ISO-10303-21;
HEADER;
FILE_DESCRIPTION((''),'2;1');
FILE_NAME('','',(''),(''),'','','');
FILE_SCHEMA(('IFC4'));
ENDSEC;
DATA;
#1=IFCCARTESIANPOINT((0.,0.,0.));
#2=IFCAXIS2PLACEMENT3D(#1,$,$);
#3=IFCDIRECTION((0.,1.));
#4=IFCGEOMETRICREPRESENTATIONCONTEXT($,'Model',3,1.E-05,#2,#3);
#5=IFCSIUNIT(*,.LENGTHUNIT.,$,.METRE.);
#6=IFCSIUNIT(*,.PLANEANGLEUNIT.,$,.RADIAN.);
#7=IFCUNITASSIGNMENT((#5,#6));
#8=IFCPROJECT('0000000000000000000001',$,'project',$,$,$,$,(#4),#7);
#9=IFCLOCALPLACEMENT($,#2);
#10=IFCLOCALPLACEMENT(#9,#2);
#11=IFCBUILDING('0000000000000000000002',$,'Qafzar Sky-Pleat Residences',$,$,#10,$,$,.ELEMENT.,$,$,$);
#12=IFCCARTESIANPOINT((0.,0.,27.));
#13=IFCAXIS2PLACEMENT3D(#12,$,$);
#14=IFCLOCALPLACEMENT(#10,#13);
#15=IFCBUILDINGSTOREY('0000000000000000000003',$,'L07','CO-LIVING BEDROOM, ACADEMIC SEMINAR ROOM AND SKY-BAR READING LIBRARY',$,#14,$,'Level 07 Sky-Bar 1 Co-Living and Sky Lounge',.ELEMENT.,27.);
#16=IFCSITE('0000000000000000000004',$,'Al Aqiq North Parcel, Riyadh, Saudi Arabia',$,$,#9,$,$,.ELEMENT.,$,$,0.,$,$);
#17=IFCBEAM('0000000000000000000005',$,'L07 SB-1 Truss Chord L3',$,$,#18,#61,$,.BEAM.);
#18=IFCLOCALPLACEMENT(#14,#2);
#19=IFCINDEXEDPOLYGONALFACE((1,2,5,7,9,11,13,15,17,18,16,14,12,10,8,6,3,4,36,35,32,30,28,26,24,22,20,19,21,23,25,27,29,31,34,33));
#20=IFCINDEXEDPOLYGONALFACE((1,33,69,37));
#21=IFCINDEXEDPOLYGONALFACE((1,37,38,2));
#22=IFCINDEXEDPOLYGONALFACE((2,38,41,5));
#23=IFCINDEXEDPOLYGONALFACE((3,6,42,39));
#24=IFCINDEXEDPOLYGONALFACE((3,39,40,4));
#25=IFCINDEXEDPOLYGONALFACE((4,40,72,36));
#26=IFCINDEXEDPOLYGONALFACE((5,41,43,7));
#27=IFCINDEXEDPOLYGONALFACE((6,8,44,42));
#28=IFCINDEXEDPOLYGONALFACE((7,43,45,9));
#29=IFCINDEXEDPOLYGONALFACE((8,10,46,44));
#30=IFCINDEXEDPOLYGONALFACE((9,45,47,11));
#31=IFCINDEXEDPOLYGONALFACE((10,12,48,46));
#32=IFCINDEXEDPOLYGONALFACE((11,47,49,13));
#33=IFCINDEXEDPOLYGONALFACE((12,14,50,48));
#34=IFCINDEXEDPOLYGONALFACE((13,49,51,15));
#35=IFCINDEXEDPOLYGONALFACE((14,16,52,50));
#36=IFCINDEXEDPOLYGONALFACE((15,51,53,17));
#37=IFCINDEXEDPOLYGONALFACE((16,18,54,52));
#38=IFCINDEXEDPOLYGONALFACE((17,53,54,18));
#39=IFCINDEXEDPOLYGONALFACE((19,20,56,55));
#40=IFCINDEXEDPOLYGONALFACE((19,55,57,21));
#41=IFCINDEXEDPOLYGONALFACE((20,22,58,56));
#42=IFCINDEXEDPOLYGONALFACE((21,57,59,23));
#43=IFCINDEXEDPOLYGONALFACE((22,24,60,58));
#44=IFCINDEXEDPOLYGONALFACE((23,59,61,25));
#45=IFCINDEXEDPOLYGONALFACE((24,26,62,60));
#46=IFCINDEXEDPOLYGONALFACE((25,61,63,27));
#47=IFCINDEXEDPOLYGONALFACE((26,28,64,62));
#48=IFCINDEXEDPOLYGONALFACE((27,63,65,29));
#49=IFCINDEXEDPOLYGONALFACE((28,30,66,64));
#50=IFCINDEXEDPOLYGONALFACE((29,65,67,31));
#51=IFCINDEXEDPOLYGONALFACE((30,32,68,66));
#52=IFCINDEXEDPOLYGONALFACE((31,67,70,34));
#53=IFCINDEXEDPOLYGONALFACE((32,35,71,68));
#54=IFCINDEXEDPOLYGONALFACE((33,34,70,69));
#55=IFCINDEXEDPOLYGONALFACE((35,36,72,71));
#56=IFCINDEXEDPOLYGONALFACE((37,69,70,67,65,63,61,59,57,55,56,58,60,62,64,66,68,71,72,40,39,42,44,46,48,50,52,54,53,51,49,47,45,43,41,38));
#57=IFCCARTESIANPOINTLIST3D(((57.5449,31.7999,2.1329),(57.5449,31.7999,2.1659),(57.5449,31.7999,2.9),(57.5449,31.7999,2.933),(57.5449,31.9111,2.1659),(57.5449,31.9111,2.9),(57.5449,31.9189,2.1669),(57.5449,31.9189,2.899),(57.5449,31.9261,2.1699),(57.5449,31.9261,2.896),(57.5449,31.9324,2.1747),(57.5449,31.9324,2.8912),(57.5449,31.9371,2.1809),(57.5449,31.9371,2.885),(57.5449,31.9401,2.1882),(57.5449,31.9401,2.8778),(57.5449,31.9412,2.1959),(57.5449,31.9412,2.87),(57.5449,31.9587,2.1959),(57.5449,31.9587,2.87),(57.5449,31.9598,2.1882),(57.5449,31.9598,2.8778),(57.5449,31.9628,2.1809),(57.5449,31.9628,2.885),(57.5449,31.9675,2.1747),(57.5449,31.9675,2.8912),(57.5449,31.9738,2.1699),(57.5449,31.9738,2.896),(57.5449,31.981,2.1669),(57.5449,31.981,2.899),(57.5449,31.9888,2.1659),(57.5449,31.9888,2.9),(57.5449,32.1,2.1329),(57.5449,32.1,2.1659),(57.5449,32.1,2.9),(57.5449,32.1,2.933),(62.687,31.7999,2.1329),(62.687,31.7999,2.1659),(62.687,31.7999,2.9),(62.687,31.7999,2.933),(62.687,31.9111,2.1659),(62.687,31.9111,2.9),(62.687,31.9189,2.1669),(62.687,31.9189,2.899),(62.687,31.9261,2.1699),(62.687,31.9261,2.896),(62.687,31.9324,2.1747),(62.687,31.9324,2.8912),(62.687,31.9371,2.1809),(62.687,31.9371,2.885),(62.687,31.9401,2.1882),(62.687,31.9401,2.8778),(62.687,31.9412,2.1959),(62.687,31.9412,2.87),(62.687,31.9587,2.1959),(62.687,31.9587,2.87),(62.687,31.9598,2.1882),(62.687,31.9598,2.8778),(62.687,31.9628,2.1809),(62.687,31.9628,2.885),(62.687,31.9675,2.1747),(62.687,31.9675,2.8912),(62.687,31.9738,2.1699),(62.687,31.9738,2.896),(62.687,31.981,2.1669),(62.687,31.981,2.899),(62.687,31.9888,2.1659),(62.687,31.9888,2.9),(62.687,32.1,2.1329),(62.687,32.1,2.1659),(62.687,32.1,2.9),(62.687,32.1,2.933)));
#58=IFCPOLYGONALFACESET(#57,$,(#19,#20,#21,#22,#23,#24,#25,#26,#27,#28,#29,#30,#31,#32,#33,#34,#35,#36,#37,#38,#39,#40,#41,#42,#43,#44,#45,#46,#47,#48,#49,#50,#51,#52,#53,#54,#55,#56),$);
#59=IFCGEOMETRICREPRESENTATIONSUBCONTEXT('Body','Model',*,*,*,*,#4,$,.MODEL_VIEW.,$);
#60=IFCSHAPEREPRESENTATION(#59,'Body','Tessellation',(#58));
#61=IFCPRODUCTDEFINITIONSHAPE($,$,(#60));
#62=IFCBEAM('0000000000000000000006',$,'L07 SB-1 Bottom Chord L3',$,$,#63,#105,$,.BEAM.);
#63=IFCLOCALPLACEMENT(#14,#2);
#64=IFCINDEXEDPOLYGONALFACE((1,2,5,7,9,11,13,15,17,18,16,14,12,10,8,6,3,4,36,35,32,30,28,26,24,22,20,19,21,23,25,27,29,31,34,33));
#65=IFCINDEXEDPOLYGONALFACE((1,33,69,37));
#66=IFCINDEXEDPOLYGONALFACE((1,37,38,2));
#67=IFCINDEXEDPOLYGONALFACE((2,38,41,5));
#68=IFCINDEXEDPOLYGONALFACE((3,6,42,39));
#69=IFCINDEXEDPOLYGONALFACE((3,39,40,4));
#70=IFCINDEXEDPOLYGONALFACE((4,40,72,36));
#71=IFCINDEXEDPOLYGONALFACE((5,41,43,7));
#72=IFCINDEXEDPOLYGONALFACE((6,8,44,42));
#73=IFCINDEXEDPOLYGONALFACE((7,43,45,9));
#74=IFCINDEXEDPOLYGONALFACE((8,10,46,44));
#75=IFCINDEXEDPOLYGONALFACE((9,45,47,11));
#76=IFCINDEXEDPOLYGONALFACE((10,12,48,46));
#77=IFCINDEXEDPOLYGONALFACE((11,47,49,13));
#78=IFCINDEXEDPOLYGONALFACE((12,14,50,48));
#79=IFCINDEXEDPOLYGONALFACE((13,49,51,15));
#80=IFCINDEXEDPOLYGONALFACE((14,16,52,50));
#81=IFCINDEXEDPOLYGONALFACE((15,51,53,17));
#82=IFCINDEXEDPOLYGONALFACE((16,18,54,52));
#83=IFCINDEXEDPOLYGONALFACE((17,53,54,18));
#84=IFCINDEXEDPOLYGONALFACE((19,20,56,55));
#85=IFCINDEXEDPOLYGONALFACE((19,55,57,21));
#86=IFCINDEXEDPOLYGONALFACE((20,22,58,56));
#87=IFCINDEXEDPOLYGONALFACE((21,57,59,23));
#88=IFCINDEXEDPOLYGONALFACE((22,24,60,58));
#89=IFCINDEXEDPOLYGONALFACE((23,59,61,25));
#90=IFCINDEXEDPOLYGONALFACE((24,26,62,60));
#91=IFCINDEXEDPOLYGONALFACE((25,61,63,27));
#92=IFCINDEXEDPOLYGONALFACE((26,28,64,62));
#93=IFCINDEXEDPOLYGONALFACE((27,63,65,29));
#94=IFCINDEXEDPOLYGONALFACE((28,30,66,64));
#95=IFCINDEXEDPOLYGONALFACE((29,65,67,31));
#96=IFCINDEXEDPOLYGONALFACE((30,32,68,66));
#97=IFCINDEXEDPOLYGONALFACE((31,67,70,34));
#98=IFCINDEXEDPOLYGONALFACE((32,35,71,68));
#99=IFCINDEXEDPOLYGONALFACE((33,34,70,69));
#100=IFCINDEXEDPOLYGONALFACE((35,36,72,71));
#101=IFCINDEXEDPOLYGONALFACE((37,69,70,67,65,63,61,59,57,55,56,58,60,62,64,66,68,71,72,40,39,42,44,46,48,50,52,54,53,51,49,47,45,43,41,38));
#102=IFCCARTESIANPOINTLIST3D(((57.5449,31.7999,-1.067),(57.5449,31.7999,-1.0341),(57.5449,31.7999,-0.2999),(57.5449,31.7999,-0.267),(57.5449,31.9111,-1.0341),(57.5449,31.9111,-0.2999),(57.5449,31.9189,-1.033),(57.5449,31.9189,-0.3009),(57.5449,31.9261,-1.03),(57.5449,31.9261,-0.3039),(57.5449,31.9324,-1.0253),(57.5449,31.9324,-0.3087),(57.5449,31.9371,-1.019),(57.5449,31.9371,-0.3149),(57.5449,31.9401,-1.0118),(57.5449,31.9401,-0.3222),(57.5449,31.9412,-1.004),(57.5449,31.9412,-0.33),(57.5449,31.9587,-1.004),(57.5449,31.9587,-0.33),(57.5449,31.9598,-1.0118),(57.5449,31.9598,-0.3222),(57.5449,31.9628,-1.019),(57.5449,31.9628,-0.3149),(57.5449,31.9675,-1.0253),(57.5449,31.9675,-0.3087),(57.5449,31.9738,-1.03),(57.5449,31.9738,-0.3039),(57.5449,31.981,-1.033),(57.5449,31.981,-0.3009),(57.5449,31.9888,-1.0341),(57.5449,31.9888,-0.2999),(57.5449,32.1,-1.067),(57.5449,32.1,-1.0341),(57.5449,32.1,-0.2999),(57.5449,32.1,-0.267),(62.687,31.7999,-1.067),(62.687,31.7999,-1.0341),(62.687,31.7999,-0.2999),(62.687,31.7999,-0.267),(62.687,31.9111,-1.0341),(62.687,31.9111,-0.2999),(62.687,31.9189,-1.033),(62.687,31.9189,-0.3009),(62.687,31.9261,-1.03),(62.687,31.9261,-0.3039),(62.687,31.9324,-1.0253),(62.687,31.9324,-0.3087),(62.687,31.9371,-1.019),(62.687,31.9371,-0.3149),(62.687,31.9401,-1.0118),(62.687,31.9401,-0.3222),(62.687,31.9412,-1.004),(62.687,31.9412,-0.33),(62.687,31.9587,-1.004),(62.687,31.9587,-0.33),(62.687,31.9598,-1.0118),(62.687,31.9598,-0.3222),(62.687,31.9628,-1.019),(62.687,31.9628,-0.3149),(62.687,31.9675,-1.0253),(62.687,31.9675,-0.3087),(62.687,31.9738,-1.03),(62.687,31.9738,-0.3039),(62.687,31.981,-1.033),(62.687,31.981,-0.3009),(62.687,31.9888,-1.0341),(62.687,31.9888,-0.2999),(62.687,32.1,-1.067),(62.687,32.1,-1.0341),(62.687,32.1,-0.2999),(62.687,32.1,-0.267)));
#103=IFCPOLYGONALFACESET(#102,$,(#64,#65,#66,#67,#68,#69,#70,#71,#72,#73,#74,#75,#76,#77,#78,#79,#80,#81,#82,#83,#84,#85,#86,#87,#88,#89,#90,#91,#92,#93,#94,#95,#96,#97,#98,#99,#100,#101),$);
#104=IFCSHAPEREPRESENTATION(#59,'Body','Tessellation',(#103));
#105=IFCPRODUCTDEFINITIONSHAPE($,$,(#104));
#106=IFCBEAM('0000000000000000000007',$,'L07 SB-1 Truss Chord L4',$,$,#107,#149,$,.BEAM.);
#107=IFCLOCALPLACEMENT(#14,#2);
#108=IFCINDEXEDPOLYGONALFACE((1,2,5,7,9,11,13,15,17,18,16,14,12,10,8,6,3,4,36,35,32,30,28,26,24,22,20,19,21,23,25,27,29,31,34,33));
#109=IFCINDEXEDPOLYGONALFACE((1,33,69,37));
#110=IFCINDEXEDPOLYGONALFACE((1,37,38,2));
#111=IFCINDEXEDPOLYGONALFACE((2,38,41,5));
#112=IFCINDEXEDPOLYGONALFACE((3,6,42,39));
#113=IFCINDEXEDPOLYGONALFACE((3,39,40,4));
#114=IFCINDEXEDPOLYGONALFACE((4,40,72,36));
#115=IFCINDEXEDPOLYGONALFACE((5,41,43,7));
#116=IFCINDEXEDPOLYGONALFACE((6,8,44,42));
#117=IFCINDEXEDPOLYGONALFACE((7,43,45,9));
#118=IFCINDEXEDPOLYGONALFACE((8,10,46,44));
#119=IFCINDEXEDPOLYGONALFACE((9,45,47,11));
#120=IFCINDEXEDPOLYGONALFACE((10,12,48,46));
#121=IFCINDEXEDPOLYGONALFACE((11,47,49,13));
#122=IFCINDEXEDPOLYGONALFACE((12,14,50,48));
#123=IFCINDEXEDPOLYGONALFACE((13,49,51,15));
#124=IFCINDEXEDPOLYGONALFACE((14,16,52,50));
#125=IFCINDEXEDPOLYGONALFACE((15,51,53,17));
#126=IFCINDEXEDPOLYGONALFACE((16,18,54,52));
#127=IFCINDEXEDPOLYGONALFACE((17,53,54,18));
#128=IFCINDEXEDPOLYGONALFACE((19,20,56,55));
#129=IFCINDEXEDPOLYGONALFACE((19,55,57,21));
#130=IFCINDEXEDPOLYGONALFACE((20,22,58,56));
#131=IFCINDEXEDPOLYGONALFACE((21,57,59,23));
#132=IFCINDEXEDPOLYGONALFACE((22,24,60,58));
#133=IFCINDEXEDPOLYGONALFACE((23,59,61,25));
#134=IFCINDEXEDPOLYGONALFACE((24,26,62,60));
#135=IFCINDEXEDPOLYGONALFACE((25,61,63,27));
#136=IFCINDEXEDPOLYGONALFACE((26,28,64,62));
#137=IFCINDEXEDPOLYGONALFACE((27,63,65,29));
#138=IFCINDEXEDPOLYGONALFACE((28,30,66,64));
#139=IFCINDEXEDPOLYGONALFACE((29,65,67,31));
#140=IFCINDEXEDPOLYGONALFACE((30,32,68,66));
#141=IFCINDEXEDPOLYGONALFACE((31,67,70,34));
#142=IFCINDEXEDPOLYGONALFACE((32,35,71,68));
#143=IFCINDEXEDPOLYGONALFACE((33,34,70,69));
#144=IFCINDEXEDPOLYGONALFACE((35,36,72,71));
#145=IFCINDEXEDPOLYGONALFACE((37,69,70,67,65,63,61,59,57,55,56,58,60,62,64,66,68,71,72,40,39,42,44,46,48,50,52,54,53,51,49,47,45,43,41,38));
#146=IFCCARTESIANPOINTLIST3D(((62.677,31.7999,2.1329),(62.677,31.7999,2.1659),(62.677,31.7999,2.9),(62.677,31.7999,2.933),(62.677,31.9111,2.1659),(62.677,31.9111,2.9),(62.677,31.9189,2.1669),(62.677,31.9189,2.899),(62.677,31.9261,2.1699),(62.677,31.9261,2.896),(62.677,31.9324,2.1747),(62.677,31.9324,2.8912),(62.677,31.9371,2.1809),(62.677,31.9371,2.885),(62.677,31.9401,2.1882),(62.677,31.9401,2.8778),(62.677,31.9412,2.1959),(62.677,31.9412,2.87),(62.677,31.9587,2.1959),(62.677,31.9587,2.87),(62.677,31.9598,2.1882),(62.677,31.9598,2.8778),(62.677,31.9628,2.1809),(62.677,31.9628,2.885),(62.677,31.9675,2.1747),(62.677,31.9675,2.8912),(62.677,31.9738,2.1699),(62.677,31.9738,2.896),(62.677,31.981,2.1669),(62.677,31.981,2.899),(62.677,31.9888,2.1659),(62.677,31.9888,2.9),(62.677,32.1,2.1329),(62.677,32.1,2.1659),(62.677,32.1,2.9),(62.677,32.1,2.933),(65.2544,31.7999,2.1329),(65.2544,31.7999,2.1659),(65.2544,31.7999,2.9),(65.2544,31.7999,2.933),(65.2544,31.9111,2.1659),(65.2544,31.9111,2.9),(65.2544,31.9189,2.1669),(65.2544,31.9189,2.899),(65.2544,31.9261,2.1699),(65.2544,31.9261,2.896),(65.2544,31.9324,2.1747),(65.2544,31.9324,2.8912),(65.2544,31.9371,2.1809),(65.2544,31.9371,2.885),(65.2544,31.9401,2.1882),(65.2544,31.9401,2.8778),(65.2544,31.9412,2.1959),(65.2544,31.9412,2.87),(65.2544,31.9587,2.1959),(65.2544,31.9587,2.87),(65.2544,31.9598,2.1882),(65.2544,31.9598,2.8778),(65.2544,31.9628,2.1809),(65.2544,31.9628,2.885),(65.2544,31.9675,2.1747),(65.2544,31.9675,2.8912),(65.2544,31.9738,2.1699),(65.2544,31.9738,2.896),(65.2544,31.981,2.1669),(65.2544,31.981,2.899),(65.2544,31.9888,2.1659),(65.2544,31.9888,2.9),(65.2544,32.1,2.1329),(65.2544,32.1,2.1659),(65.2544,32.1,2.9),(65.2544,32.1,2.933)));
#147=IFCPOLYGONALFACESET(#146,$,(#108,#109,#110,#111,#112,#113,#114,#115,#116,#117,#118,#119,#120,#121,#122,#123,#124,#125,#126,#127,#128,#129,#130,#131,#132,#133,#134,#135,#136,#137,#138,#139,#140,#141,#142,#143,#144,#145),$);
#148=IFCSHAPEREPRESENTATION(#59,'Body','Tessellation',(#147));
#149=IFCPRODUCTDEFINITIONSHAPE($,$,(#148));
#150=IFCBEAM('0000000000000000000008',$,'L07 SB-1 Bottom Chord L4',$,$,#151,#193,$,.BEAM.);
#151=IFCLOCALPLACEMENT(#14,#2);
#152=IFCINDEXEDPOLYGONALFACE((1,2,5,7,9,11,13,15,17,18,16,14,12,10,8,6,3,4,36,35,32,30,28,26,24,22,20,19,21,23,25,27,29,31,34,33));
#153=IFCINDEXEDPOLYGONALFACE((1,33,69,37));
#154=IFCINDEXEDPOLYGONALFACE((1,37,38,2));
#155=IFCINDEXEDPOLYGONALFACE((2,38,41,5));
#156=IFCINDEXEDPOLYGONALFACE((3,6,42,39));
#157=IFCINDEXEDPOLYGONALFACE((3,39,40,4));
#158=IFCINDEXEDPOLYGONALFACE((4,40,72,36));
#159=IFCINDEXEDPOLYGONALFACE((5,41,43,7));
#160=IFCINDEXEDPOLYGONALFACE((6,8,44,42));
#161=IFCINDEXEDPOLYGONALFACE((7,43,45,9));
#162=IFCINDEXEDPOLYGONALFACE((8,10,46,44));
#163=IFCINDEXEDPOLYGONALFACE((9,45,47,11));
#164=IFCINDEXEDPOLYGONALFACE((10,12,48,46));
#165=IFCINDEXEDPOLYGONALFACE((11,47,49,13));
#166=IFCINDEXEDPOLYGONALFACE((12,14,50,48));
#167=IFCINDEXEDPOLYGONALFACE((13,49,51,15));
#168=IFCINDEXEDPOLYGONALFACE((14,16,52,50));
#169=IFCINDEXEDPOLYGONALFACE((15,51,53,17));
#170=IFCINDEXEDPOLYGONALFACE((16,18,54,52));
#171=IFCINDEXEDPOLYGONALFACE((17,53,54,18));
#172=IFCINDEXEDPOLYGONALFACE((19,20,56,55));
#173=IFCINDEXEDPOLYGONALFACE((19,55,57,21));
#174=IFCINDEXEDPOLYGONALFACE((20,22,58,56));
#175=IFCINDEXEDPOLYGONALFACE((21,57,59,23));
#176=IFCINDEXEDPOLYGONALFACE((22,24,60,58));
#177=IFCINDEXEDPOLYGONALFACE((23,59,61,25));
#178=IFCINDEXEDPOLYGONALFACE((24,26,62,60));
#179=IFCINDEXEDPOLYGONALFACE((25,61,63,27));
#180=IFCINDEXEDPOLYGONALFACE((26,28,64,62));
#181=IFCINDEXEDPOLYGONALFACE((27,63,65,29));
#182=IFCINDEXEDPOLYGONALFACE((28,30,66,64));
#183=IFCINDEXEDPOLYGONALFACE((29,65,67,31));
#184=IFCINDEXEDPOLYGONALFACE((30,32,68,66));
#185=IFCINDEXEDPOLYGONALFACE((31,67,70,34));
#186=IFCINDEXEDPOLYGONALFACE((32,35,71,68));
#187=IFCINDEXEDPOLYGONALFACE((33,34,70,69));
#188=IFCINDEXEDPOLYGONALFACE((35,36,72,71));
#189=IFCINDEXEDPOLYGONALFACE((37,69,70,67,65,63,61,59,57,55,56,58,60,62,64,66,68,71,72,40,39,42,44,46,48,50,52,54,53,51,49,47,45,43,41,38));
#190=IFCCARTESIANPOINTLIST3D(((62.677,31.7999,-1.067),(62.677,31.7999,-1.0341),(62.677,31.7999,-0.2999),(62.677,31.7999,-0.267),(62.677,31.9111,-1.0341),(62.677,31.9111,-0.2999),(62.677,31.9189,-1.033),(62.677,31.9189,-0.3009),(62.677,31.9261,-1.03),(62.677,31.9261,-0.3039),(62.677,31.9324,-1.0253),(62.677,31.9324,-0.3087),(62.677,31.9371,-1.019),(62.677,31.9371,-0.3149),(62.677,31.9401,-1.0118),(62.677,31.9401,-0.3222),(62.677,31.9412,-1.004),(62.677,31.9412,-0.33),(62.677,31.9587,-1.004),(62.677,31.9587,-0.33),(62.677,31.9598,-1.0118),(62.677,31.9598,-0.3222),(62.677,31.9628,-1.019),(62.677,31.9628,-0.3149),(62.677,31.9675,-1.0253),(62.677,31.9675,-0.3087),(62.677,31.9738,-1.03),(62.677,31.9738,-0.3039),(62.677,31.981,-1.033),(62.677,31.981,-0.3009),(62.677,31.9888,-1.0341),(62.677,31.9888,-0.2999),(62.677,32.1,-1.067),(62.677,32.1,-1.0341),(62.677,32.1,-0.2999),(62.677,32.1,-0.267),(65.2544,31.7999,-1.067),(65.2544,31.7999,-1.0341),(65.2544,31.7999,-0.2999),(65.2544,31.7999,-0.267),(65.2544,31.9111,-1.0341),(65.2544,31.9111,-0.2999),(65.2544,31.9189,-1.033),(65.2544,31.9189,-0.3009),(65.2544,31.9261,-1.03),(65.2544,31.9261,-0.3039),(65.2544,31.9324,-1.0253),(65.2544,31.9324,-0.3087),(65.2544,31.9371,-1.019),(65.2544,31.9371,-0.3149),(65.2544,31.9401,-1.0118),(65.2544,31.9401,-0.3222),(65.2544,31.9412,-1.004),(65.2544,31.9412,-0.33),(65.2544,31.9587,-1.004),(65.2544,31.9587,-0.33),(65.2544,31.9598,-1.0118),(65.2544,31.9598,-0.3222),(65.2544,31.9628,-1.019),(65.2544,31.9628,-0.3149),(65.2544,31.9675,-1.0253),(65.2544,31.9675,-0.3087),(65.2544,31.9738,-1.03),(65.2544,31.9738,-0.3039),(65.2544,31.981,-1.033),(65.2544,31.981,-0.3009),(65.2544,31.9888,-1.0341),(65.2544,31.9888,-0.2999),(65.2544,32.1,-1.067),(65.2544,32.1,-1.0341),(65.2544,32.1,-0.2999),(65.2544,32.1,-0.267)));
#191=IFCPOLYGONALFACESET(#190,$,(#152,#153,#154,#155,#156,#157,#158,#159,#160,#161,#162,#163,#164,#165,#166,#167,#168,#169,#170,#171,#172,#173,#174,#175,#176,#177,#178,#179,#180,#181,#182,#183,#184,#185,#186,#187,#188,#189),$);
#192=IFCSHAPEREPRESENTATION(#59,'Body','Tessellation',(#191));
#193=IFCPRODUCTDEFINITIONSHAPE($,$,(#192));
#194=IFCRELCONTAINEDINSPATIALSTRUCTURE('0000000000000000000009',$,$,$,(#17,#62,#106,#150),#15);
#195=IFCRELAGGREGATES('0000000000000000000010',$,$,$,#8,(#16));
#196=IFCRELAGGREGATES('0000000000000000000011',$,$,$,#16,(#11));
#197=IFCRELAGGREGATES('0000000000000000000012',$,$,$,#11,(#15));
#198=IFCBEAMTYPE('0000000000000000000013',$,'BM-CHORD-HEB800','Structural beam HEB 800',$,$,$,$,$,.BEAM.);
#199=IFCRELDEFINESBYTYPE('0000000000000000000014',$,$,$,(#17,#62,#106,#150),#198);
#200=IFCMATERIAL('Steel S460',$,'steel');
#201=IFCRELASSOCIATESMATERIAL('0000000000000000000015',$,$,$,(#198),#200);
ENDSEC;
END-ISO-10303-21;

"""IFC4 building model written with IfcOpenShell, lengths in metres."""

from ifc_helpers import new_model, si_unit, direction, frame, origin, origin_2d, place, context, subcontext, project, spatial, i_section, extrude, source, transform, mapped, material, material_profile, profile_set, type_object, element, save


model = new_model("IFC4")

# Units and contexts
model_context = context("Model", 3, precision=1e-05, world=origin(), true_north=direction((0.0, 1.0)))
body_context = subcontext(model_context, "Body", "Model", "MODEL_VIEW")
ifc_project = project(units=[si_unit("LENGTHUNIT", "METRE"), si_unit("PLANEANGLEUNIT", "RADIAN")], contexts=[model_context])

# Site, building, storey
site_placement = place(None, origin())
site = spatial("IfcSite", under=ifc_project, at=site_placement, Name="Al Aqiq North Parcel, Riyadh, Saudi Arabia", CompositionType="ELEMENT", RefElevation=0.0)
building_placement = place(site_placement, origin())
building = spatial("IfcBuilding", under=site, at=building_placement, Name="Qafzar Sky-Pleat Residences", CompositionType="ELEMENT")
storey_placement = place(building_placement, frame((0.0, 0.0, 27.0)))
storey = spatial("IfcBuildingStorey", under=building, at=storey_placement, Name="L07", Description="CO-LIVING BEDROOM, ACADEMIC SEMINAR ROOM AND SKY-BAR READING LIBRARY", LongName="Level 07 Sky-Bar 1 Co-Living and Sky Lounge", CompositionType="ELEMENT", Elevation=27.0)

# Beams
ifc_material_1 = material(Name="Steel S460", Category="steel")
ifc_material_profile_1 = material_profile(ifc_material_1, i_section(OverallWidth=0.3, OverallDepth=0.8, WebThickness=0.0176, FlangeThickness=0.033, FilletRadius=0.03, at=origin_2d()), Name="HEB 800")
ifc_profile_set_1 = profile_set([ifc_material_profile_1], Name="Steel S460")
beam_type_1 = type_object("IfcBeamType", Name="BM-CHORD-HEB800", Description="Structural beam HEB 800", PredefinedType="BEAM", material=ifc_profile_set_1)
shared_shape_1 = source(origin(), body_context, "Body", "SweptSolid", [
    extrude(i_section(OverallWidth=0.3, OverallDepth=0.8, WebThickness=0.0176, FlangeThickness=0.033, FilletRadius=0.03, at=origin_2d()), origin(), (0.0, 0.0, 1.0), 5.1421),
])
for number, where, z_axis, x_axis, name in (
    (1, (57.5449, 31.95, 2.533), (1.0, 0.0, 0.0), (0.0, 1.0, 0.0), "L07 SB-1 Truss Chord L3"),
    (2, (57.5449, 31.95, -0.667), (1.0, 0.0, 0.0), (0.0, 1.0, 0.0), "L07 SB-1 Bottom Chord L3"),
):
    element("IfcBeam", number, at=place(storey_placement, frame(where, z_axis=z_axis, x_axis=x_axis)), inside=storey, type_object=beam_type_1, Name=name, PredefinedType="BEAM", context=body_context, shape_type="MappedRepresentation", body=[
        mapped(shared_shape_1, transform((0.0, 0.0, 0.0), x_axis=(1.0, 0.0, 0.0), y_axis=(0.0, 1.0, 0.0), z_axis=(0.0, 0.0, 1.0), scale=1.0)),
    ])
shared_shape_2 = source(origin(), body_context, "Body", "SweptSolid", [
    extrude(i_section(OverallWidth=0.3, OverallDepth=0.8, WebThickness=0.0176, FlangeThickness=0.033, FilletRadius=0.03, at=origin_2d()), origin(), (0.0, 0.0, 1.0), 2.5774),
])
for number, where, z_axis, x_axis, name in (
    (3, (62.677, 31.95, 2.533), (1.0, 0.0, 0.0), (0.0, 1.0, 0.0), "L07 SB-1 Truss Chord L4"),
    (4, (62.677, 31.95, -0.667), (1.0, 0.0, 0.0), (0.0, 1.0, 0.0), "L07 SB-1 Bottom Chord L4"),
):
    element("IfcBeam", number, at=place(storey_placement, frame(where, z_axis=z_axis, x_axis=x_axis)), inside=storey, type_object=beam_type_1, Name=name, PredefinedType="BEAM", context=body_context, shape_type="MappedRepresentation", body=[
        mapped(shared_shape_2, transform((0.0, 0.0, 0.0), x_axis=(1.0, 0.0, 0.0), y_axis=(0.0, 1.0, 0.0), z_axis=(0.0, 0.0, 1.0), scale=1.0)),
    ])

save(model, "model.ifc")
